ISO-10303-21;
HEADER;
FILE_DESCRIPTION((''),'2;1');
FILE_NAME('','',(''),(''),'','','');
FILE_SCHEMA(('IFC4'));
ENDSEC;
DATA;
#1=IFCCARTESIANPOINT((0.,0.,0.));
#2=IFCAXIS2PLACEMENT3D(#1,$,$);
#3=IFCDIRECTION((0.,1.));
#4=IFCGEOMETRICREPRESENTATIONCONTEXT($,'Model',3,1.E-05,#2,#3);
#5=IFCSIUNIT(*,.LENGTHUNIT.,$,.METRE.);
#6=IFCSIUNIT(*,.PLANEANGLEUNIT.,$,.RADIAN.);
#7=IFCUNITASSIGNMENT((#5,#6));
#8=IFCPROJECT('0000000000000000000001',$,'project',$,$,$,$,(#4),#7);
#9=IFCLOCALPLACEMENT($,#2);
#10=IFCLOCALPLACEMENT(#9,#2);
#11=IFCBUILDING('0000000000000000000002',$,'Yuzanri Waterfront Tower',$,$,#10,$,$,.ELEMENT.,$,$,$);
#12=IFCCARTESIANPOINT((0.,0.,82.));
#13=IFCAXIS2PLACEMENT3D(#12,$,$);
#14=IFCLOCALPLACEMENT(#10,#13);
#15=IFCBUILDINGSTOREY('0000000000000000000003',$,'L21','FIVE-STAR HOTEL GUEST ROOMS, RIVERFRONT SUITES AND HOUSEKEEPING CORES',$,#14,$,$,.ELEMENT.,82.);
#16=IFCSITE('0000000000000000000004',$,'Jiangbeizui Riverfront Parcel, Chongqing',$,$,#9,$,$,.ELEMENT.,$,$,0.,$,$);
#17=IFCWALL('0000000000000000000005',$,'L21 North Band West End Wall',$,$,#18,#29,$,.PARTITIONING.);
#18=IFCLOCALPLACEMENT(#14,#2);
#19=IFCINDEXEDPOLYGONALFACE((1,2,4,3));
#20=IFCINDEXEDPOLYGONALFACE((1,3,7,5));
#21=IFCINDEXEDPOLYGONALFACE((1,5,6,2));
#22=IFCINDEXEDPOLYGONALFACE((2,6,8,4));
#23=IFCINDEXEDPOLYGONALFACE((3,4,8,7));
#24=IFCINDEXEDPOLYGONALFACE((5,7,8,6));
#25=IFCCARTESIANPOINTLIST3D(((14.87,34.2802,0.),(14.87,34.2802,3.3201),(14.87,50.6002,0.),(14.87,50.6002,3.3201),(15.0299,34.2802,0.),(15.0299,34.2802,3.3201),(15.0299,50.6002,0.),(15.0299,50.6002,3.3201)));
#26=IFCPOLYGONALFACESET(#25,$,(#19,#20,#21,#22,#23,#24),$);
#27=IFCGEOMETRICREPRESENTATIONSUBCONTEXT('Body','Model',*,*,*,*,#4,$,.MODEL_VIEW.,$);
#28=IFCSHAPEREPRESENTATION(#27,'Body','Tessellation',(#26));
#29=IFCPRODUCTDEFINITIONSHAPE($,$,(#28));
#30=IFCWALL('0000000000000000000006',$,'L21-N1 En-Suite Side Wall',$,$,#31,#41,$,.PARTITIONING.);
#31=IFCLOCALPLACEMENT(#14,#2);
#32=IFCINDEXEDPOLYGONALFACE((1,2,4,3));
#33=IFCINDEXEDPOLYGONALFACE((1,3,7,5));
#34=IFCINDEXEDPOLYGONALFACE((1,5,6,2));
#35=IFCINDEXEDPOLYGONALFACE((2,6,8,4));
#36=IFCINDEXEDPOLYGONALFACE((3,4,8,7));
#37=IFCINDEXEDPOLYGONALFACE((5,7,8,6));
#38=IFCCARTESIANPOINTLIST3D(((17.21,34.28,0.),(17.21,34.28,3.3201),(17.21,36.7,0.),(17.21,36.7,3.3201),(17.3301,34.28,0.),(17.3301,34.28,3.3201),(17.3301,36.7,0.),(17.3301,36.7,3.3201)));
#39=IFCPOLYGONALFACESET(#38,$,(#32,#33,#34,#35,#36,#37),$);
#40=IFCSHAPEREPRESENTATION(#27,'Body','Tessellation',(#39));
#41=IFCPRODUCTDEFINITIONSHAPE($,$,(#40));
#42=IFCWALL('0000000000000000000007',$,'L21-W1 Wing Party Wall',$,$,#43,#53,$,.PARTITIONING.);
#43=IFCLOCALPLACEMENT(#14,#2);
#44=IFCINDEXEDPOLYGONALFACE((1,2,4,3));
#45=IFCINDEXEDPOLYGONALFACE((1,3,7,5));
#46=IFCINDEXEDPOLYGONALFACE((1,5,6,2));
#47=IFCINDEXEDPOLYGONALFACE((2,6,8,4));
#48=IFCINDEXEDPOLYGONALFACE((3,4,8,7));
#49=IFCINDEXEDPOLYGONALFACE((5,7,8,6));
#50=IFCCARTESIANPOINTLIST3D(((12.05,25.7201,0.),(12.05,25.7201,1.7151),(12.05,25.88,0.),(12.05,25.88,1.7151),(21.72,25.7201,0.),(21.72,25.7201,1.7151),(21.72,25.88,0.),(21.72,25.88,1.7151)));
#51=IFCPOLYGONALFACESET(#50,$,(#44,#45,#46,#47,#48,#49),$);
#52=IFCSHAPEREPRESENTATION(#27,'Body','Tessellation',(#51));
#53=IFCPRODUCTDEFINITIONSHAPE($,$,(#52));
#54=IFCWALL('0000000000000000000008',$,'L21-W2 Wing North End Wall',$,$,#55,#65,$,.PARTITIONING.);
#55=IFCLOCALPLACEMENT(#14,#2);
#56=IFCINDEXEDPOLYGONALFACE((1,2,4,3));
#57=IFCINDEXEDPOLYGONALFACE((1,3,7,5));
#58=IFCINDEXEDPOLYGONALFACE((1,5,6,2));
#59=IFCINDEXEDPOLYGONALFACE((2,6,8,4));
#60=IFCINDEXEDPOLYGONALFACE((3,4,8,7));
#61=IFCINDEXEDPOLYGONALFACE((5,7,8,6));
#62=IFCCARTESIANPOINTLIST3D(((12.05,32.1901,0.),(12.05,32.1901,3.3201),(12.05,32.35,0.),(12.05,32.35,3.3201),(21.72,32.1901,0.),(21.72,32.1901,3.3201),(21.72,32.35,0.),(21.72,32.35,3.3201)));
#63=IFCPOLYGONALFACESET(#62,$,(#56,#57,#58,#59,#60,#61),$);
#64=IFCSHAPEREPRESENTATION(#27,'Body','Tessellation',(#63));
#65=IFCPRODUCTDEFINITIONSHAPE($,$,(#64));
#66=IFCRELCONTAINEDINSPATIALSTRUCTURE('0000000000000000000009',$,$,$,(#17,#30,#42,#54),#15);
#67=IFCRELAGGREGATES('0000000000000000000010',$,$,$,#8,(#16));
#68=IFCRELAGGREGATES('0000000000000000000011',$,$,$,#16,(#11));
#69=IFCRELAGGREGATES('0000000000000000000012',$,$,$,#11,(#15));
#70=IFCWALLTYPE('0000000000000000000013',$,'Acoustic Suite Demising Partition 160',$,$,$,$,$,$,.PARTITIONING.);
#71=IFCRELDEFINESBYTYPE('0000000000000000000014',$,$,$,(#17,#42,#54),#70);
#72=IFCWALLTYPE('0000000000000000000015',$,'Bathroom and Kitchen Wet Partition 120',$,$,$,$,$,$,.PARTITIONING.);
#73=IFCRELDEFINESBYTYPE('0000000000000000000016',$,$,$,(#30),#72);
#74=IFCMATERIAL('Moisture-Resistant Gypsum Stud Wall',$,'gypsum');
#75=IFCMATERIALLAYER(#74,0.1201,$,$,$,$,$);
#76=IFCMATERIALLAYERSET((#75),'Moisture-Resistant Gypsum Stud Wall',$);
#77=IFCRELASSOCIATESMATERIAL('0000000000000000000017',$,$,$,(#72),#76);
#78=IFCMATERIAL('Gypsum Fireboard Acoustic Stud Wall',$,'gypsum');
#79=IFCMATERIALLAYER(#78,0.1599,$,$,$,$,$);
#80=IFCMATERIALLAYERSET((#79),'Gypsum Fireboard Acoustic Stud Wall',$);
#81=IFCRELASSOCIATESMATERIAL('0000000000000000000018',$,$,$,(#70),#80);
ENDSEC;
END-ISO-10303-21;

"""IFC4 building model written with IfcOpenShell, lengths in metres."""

from ifc_helpers import new_model, si_unit, direction, frame, frame_2d, origin, place, context, subcontext, project, spatial, rectangle, extrude, source, transform, mapped, material, layer, layer_set, type_object, element, save


model = new_model("IFC4")

# Units and contexts
model_context = context("Model", 3, precision=1e-05, world=origin(), true_north=direction((0.0, 1.0)))
body_context = subcontext(model_context, "Body", "Model", "MODEL_VIEW")
ifc_project = project(units=[si_unit("LENGTHUNIT", "METRE"), si_unit("PLANEANGLEUNIT", "RADIAN")], contexts=[model_context])

# Site, building, storey
site_placement = place(None, origin())
site = spatial("IfcSite", under=ifc_project, at=site_placement, Name="Jiangbeizui Riverfront Parcel, Chongqing", CompositionType="ELEMENT", RefElevation=0.0)
building_placement = place(site_placement, origin())
building = spatial("IfcBuilding", under=site, at=building_placement, Name="Yuzanri Waterfront Tower", CompositionType="ELEMENT")
storey_placement = place(building_placement, frame((0.0, 0.0, 82.0)))
storey = spatial("IfcBuildingStorey", under=building, at=storey_placement, Name="L21", Description="FIVE-STAR HOTEL GUEST ROOMS, RIVERFRONT SUITES AND HOUSEKEEPING CORES", CompositionType="ELEMENT", Elevation=82.0)

# Shared definitions
ifc_material_1 = material(Name="Moisture-Resistant Gypsum Stud Wall", Category="gypsum")
ifc_layer_1 = layer(ifc_material_1, 0.1201)
ifc_layer_set_1 = layer_set([ifc_layer_1], Name="Moisture-Resistant Gypsum Stud Wall")
wall_type_1 = type_object("IfcWallType", Name="Bathroom and Kitchen Wet Partition 120", PredefinedType="PARTITIONING", material=ifc_layer_set_1)

# Walls
ifc_material_2 = material(Name="Gypsum Fireboard Acoustic Stud Wall", Category="gypsum")
ifc_layer_2 = layer(ifc_material_2, 0.1599)
ifc_layer_set_2 = layer_set([ifc_layer_2], Name="Gypsum Fireboard Acoustic Stud Wall")
wall_type_2 = type_object("IfcWallType", Name="Acoustic Suite Demising Partition 160", PredefinedType="PARTITIONING", material=ifc_layer_set_2)
shared_shape_1 = source(origin(), body_context, "Body", "SweptSolid", [
    extrude(rectangle(XDim=16.3201, YDim=0.1599, at=frame_2d((8.1602, 0.0))), origin(), (0.0, 0.0, 1.0), 3.3201),
])
wall_1_placement = place(storey_placement, frame((14.95, 34.28, 0.0), z_axis=(0.0, 0.0, 1.0), x_axis=(0.0, 1.0, 0.0)))
element("IfcWall", 1, at=wall_1_placement, inside=storey, type_object=wall_type_2, Name="L21 North Band West End Wall", PredefinedType="PARTITIONING", context=body_context, shape_type="MappedRepresentation", body=[
    mapped(shared_shape_1, transform((0.0, 0.0, 0.0), scale=1.0)),
])
shared_shape_2 = source(origin(), body_context, "Body", "SweptSolid", [
    extrude(rectangle(XDim=2.4199, YDim=0.1201, at=frame_2d((1.21, 0.0))), origin(), (0.0, 0.0, 1.0), 3.3201),
])
wall_2_placement = place(storey_placement, frame((17.27, 34.28, 0.0), z_axis=(0.0, 0.0, 1.0), x_axis=(0.0, 1.0, 0.0)))
element("IfcWall", 2, at=wall_2_placement, inside=storey, type_object=wall_type_1, Name="L21-N1 En-Suite Side Wall", PredefinedType="PARTITIONING", context=body_context, shape_type="MappedRepresentation", body=[
    mapped(shared_shape_2, transform((0.0, 0.0, 0.0), scale=1.0)),
])
shared_shape_3 = source(origin(), body_context, "Body", "SweptSolid", [
    extrude(rectangle(XDim=9.6699, YDim=0.1599, at=frame_2d((4.835, 0.0))), origin(), (0.0, 0.0, 1.0), 1.7151),
])
wall_3_placement = place(storey_placement, frame((12.05, 25.8, 0.0), z_axis=(0.0, 0.0, 1.0), x_axis=(1.0, 0.0, 0.0)))
element("IfcWall", 3, at=wall_3_placement, inside=storey, type_object=wall_type_2, Name="L21-W1 Wing Party Wall", PredefinedType="PARTITIONING", context=body_context, shape_type="MappedRepresentation", body=[
    mapped(shared_shape_3, transform((0.0, 0.0, 0.0), scale=1.0)),
])
shared_shape_4 = source(origin(), body_context, "Body", "SweptSolid", [
    extrude(rectangle(XDim=9.6699, YDim=0.1599, at=frame_2d((4.835, 0.0))), origin(), (0.0, 0.0, 1.0), 3.3201),
])
wall_4_placement = place(storey_placement, frame((12.05, 32.27, 0.0), z_axis=(0.0, 0.0, 1.0), x_axis=(1.0, 0.0, 0.0)))
element("IfcWall", 4, at=wall_4_placement, inside=storey, type_object=wall_type_2, Name="L21-W2 Wing North End Wall", PredefinedType="PARTITIONING", context=body_context, shape_type="MappedRepresentation", body=[
    mapped(shared_shape_4, transform((0.0, 0.0, 0.0), scale=1.0)),
])

save(model, "model.ifc")
